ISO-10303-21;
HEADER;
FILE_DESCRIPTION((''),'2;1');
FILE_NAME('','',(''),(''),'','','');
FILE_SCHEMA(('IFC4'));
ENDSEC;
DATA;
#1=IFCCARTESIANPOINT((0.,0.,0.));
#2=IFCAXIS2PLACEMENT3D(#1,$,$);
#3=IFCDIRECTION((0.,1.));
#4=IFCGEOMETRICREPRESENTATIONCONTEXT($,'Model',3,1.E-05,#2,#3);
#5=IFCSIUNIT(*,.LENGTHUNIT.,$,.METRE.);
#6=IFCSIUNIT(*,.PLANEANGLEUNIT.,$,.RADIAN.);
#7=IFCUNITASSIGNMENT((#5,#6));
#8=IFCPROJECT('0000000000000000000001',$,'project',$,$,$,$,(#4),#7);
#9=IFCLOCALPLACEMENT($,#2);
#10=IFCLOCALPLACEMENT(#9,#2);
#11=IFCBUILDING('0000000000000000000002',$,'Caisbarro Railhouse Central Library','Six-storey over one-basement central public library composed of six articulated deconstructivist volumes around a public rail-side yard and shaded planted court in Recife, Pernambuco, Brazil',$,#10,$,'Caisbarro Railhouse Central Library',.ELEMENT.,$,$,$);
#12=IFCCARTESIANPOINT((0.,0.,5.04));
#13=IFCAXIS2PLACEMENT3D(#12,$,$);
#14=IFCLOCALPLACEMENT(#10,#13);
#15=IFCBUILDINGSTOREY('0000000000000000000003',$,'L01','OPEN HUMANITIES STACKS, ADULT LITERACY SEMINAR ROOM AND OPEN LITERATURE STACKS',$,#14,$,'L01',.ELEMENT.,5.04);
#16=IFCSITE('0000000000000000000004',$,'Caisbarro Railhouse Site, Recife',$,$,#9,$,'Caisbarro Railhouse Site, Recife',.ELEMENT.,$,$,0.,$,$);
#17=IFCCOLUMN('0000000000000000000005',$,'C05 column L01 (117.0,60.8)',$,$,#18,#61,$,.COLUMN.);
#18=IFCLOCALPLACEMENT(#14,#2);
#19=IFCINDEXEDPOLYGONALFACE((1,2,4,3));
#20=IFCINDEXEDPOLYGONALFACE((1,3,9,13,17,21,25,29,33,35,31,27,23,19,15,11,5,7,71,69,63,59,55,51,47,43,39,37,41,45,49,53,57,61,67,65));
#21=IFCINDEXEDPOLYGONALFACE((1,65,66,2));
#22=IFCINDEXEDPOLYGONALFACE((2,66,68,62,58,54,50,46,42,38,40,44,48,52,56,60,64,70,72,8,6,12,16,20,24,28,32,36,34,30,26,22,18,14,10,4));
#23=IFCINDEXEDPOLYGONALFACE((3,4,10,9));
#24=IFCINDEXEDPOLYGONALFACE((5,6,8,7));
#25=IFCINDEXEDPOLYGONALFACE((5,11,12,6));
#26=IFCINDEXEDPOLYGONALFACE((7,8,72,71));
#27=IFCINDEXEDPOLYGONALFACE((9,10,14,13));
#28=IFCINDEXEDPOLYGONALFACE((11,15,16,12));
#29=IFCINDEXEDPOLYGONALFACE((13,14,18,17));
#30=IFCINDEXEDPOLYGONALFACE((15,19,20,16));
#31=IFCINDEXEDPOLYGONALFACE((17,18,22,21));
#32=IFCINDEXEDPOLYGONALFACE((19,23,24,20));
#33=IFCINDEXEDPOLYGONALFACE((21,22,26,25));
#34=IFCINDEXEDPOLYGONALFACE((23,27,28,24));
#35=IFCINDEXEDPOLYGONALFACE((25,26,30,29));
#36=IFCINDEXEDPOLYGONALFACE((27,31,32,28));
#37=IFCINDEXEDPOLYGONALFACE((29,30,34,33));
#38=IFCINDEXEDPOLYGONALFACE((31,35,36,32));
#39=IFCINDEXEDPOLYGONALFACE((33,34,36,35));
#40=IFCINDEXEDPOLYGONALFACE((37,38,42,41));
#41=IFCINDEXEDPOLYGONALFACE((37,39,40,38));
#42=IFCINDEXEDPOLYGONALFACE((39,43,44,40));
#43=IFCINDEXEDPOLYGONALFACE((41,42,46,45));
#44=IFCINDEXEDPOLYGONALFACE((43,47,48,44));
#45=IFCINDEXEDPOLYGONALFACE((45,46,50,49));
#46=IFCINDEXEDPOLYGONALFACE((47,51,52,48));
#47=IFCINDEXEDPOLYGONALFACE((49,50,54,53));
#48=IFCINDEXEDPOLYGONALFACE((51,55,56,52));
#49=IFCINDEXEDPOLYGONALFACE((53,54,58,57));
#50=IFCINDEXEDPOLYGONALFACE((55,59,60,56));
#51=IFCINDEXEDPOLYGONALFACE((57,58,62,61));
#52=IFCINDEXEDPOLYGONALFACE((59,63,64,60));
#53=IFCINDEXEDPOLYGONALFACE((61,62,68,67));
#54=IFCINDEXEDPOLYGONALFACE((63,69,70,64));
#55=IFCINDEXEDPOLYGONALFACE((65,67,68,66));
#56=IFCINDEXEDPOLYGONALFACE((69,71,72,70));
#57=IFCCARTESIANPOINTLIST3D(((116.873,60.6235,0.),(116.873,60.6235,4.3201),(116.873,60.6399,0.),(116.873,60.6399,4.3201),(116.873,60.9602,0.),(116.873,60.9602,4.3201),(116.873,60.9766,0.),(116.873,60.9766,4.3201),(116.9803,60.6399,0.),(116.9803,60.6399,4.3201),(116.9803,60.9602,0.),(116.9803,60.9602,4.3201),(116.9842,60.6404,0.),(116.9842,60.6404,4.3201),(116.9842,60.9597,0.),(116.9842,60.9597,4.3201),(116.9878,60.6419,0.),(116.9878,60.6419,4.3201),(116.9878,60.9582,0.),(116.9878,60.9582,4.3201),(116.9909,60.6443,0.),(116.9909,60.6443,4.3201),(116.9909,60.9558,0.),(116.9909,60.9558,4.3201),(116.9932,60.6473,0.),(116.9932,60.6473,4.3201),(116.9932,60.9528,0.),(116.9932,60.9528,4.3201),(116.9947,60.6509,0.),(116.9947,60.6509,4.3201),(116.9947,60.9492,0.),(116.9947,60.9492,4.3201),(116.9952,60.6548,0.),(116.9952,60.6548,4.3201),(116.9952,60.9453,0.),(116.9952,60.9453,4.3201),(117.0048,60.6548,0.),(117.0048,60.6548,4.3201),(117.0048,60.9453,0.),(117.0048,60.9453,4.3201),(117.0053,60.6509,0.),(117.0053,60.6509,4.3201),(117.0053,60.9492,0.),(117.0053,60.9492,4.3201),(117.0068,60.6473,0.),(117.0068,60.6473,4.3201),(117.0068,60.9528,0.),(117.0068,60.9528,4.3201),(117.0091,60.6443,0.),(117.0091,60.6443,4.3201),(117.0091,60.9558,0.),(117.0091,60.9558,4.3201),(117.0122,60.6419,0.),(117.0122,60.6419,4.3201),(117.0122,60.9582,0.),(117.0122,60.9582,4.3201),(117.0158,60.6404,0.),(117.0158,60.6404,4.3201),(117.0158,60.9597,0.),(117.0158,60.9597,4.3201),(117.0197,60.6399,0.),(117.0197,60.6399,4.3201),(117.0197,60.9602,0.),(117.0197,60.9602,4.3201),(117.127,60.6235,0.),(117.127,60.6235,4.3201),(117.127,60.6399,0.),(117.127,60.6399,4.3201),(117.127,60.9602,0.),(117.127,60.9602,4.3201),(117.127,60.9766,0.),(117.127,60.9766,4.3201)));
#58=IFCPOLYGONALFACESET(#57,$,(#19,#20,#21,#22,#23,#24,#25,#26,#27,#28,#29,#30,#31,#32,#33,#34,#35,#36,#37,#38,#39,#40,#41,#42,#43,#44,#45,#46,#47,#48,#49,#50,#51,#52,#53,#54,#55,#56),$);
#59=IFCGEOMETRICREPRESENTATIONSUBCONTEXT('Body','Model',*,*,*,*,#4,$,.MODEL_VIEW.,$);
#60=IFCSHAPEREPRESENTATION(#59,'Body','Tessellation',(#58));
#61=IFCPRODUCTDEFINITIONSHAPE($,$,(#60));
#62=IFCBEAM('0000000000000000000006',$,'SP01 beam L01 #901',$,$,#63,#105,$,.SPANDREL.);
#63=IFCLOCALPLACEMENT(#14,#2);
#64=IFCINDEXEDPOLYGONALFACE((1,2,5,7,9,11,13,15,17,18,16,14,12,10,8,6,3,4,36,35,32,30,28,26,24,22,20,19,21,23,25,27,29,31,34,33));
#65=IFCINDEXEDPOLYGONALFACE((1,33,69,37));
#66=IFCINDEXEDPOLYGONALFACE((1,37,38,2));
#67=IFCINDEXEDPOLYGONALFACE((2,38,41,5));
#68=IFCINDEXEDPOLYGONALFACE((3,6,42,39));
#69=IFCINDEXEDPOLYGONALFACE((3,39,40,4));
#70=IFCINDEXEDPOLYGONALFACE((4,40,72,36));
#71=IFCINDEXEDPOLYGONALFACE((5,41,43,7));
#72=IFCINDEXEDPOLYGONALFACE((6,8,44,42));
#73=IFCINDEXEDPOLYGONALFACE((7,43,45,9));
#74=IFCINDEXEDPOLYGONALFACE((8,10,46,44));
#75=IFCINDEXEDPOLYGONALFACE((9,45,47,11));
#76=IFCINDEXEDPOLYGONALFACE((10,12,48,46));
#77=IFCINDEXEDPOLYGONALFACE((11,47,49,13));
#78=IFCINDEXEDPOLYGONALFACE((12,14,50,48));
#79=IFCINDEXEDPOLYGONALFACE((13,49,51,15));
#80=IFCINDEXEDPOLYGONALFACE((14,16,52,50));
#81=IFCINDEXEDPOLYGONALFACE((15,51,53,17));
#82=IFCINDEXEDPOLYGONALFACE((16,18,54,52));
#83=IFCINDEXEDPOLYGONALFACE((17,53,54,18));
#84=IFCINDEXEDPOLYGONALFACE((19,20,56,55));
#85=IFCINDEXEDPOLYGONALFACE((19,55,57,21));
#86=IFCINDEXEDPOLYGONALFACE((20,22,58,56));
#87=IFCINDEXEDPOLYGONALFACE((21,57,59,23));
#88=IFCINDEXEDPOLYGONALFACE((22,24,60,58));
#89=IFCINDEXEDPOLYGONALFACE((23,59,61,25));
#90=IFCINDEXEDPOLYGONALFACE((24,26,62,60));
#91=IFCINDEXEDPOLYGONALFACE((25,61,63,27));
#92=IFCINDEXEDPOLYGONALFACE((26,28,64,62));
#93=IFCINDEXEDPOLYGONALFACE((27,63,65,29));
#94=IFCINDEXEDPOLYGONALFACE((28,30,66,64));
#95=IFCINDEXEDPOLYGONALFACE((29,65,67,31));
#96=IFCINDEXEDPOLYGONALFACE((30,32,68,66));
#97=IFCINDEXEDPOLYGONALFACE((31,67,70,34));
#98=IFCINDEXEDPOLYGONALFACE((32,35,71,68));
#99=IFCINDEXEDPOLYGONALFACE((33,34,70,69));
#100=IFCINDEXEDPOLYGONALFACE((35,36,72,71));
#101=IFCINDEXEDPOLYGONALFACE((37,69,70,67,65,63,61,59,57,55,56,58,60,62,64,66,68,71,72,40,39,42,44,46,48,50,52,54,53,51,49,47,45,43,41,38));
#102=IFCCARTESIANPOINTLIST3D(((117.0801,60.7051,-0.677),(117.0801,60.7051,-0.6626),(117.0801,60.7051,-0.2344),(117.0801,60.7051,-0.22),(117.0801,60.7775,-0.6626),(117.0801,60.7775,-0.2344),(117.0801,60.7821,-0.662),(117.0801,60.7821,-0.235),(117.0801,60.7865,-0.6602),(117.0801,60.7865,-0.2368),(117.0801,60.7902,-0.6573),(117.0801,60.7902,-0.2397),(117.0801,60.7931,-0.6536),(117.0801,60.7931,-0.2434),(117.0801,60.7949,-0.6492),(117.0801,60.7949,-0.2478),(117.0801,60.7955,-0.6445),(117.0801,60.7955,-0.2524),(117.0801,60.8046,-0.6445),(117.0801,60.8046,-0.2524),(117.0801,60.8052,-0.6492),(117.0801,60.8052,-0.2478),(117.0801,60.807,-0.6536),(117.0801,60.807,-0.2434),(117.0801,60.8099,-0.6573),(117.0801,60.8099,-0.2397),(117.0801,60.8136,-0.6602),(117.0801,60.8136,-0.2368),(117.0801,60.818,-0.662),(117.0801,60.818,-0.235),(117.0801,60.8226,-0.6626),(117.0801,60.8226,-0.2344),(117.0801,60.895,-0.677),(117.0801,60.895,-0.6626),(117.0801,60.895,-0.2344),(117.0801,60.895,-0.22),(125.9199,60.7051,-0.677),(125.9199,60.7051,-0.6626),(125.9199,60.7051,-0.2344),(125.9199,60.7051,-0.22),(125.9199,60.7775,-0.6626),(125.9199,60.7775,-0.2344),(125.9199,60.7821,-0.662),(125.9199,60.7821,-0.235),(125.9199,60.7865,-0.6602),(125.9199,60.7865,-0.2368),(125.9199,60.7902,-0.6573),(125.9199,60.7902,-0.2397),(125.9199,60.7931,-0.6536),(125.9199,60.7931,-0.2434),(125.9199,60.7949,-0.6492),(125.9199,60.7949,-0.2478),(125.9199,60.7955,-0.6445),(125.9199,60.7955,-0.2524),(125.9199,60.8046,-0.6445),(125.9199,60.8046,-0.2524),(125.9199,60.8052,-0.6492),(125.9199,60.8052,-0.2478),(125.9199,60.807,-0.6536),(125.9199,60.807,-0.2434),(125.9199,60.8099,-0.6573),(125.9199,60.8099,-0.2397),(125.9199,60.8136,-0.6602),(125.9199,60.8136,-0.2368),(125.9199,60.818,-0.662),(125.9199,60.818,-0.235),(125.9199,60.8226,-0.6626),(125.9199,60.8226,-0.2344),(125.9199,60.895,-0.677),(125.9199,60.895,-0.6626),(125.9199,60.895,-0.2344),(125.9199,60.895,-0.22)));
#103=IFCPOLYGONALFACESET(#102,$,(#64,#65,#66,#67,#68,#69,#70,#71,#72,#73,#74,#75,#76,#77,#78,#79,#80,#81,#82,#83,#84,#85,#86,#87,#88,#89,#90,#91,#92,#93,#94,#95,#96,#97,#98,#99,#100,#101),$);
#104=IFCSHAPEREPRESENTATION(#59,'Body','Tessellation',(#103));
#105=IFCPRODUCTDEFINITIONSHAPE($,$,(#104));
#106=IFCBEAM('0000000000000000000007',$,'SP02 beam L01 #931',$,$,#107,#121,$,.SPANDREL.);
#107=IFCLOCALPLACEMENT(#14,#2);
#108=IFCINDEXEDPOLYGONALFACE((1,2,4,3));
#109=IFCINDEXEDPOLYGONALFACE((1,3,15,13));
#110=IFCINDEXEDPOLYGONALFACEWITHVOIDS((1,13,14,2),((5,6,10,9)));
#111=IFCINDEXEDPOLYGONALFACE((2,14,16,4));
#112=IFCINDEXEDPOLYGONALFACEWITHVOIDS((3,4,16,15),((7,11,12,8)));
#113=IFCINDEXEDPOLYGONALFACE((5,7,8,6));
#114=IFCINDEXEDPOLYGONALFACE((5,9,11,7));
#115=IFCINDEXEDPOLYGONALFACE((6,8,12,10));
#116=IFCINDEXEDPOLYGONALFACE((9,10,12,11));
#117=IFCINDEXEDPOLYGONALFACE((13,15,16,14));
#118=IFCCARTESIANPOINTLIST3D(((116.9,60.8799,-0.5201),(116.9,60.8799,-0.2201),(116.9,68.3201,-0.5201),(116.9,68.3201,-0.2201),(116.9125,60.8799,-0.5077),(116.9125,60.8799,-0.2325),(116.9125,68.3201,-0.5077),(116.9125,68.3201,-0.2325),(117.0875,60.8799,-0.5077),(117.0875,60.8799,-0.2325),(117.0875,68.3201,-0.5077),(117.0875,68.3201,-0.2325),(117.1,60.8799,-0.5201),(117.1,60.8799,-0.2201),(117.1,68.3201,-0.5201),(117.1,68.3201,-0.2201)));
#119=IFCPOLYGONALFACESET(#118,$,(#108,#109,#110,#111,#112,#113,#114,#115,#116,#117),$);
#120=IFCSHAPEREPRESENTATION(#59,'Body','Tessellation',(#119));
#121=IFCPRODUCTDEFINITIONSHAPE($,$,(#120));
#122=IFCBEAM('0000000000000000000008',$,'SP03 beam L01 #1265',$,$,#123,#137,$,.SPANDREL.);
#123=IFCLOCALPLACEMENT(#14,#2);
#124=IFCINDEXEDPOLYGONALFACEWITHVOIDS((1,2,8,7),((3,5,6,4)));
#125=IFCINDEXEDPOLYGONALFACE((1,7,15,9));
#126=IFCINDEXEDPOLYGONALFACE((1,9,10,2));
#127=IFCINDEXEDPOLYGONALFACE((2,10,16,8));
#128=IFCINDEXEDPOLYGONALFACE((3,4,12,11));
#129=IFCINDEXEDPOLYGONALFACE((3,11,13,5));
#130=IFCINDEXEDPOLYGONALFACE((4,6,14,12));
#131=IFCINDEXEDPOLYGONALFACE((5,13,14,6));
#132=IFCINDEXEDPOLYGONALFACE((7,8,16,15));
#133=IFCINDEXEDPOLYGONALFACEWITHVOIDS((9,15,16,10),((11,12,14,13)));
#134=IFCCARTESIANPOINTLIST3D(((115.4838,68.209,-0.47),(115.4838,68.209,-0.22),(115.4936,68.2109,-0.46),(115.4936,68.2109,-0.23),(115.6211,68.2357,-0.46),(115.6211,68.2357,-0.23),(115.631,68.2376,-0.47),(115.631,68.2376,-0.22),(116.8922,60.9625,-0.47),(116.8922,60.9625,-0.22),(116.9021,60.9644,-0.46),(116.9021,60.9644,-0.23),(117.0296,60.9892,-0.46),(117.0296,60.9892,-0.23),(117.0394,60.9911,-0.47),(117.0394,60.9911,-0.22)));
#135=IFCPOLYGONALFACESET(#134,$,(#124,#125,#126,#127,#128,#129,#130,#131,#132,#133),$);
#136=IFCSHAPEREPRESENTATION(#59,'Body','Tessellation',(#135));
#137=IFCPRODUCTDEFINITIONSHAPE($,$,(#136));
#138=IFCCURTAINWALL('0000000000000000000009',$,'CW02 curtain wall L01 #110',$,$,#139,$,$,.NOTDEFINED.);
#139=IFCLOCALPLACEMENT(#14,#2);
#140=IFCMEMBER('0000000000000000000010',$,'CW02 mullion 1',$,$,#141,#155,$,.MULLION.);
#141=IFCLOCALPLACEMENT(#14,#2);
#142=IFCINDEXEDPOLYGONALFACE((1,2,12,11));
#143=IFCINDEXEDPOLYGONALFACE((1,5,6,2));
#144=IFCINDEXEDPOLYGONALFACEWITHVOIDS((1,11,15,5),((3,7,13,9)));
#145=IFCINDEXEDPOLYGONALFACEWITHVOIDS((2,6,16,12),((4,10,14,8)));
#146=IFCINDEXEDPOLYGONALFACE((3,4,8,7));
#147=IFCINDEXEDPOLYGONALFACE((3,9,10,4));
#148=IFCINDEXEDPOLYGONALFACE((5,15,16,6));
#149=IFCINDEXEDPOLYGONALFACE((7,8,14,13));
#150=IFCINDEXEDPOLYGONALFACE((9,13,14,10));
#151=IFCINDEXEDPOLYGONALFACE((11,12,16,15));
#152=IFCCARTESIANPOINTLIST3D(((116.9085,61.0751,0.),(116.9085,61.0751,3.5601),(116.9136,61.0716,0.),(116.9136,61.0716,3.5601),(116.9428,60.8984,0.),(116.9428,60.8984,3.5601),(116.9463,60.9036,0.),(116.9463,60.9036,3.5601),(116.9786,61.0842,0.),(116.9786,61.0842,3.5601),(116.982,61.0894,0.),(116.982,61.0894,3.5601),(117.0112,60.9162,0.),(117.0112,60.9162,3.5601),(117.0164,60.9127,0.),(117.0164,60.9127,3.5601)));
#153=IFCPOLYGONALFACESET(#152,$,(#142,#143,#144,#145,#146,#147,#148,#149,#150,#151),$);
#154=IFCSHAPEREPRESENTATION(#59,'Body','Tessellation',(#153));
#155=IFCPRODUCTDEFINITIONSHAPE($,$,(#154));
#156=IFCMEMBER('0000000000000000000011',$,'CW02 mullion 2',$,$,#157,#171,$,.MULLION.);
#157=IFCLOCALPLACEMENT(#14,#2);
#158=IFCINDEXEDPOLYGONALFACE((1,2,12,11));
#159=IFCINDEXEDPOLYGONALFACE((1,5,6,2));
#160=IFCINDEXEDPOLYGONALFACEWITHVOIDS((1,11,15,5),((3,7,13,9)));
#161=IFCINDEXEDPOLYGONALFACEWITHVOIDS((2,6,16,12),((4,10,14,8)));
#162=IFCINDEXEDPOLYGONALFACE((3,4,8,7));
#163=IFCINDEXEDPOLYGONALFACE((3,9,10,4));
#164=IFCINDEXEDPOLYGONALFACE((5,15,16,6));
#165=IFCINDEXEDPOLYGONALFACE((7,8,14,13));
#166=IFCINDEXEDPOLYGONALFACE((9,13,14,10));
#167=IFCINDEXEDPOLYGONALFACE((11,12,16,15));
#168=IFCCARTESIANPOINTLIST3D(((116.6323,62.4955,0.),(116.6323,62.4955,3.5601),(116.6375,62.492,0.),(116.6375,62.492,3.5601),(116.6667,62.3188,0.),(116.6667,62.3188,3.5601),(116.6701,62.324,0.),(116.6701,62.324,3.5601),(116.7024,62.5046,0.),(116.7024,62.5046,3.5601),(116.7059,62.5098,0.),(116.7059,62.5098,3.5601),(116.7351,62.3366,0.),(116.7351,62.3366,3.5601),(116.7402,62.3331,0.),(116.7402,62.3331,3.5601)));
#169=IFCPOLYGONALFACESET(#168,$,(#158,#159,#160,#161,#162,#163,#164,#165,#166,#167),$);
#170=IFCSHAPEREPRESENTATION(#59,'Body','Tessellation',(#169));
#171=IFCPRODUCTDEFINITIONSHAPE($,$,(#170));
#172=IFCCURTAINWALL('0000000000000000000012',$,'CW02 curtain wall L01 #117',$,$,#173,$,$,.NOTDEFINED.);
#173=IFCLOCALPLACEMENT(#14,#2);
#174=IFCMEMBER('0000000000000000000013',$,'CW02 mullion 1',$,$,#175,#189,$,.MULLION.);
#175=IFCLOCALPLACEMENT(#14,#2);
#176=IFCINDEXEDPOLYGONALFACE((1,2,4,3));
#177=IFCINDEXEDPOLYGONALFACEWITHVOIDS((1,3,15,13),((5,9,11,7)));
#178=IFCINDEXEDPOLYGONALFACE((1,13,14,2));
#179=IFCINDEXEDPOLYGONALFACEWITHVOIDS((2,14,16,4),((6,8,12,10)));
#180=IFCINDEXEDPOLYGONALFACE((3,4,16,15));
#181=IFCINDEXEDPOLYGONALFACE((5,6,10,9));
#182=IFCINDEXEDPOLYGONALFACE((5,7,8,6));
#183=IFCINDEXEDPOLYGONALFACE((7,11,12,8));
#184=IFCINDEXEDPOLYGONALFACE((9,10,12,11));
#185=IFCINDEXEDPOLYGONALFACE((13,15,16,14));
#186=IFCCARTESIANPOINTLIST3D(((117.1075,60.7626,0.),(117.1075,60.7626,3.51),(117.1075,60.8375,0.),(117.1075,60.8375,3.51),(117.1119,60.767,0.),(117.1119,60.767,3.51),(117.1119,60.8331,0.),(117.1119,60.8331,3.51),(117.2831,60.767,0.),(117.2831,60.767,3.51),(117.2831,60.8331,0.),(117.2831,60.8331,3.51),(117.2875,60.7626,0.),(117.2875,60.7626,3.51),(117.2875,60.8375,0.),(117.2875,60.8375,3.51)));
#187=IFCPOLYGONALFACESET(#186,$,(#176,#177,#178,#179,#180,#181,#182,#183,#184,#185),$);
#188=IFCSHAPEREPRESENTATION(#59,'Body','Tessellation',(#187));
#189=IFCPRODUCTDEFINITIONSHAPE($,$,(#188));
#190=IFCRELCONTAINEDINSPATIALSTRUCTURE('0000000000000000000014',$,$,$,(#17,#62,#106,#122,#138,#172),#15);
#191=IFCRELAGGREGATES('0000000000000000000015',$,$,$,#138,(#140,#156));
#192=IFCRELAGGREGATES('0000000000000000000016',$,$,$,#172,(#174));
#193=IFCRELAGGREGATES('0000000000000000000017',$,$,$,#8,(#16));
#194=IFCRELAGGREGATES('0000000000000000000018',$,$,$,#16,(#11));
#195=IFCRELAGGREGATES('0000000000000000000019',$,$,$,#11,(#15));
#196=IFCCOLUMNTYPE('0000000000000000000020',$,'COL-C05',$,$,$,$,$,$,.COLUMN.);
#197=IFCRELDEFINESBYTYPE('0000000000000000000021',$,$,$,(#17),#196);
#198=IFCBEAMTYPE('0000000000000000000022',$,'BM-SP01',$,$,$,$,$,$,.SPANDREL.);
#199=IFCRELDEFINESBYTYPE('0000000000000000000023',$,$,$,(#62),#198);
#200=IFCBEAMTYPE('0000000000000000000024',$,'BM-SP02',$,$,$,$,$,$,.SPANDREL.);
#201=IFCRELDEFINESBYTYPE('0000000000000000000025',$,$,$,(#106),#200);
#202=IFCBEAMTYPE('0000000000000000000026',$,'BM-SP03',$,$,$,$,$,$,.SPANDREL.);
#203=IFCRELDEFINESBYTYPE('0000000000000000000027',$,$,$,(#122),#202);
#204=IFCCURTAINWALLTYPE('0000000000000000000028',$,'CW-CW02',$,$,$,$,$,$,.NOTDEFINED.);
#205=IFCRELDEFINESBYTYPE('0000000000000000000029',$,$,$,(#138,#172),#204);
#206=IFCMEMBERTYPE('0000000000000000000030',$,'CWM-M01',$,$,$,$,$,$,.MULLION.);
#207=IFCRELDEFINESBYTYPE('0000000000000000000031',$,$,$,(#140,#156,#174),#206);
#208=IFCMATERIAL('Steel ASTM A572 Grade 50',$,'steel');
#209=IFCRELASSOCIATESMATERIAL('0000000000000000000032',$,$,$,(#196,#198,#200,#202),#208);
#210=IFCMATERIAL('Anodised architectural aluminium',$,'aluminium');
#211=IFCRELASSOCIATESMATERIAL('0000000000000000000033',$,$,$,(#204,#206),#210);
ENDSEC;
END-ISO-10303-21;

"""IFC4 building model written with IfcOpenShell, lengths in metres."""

from ifc_helpers import new_model, si_unit, direction, frame, origin, origin_2d, place, context, subcontext, project, spatial, hollow_rectangle, i_section, extrude, material, material_profile, profile_set, type_object, element, aggregate, save


model = new_model("IFC4")

# Units and contexts
model_context = context("Model", 3, precision=1e-05, world=origin(), true_north=direction((0.0, 1.0)))
body_context = subcontext(model_context, "Body", "Model", "MODEL_VIEW")
ifc_project = project(units=[si_unit("LENGTHUNIT", "METRE"), si_unit("PLANEANGLEUNIT", "RADIAN")], contexts=[model_context])

# Site, building, storey
site_placement = place(None, origin())
site = spatial("IfcSite", under=ifc_project, at=site_placement, Name="Caisbarro Railhouse Site, Recife", LongName="Caisbarro Railhouse Site, Recife", CompositionType="ELEMENT", RefElevation=0.0)
building_placement = place(site_placement, origin())
building = spatial("IfcBuilding", under=site, at=building_placement, Name="Caisbarro Railhouse Central Library", Description="Six-storey over one-basement central public library composed of six articulated deconstructivist volumes around a public rail-side yard and shaded planted court in Recife, Pernambuco, Brazil", LongName="Caisbarro Railhouse Central Library", CompositionType="ELEMENT")
storey_placement = place(building_placement, frame((0.0, 0.0, 5.04)))
storey = spatial("IfcBuildingStorey", under=building, at=storey_placement, Name="L01", Description="OPEN HUMANITIES STACKS, ADULT LITERACY SEMINAR ROOM AND OPEN LITERATURE STACKS", LongName="L01", CompositionType="ELEMENT", Elevation=5.04)

# Column
ifc_material_1 = material(Name="Steel ASTM A572 Grade 50", Category="steel")
ifc_material_profile_1 = material_profile(ifc_material_1, i_section(OverallWidth=0.2539, OverallDepth=0.353, WebThickness=0.0095, FlangeThickness=0.0164, FilletRadius=0.0149, at=origin_2d()), Name="W360X91.0")
ifc_profile_set_1 = profile_set([ifc_material_profile_1], Name="Steel ASTM A572 Grade 50")
column_type = type_object("IfcColumnType", Name="COL-C05", PredefinedType="COLUMN", material=ifc_profile_set_1)
column_placement = place(storey_placement, frame((117.0, 60.8, 0.0), z_axis=(0.0, 0.0, 1.0), x_axis=(1.0, 0.0, 0.0)))
element("IfcColumn", 1, at=column_placement, inside=storey, type_object=column_type, Name="C05 column L01 (117.0,60.8)", PredefinedType="COLUMN", context=body_context, shape_type="SweptSolid", body=[
    extrude(i_section(OverallWidth=0.2539, OverallDepth=0.353, WebThickness=0.0095, FlangeThickness=0.0164, FilletRadius=0.0149, at=origin_2d()), origin(), (0.0, 0.0, 1.0), 4.3201),
])

# Beams
ifc_material_profile_2 = material_profile(ifc_material_1, i_section(OverallWidth=0.1899, OverallDepth=0.457, WebThickness=0.009, FlangeThickness=0.0144, FilletRadius=0.0181, at=origin_2d()), Name="W460X74.0")
ifc_profile_set_2 = profile_set([ifc_material_profile_2], Name="Steel ASTM A572 Grade 50")
beam_type_1 = type_object("IfcBeamType", Name="BM-SP01", PredefinedType="SPANDREL", material=ifc_profile_set_2)
beam_1_placement = place(storey_placement, frame((117.0801, 60.8, -0.4485), z_axis=(1.0, 0.0, 0.0), x_axis=(0.0, 1.0, 0.0)))
element("IfcBeam", 2, at=beam_1_placement, inside=storey, type_object=beam_type_1, Name="SP01 beam L01 #901", PredefinedType="SPANDREL", context=body_context, shape_type="SweptSolid", body=[
    extrude(i_section(OverallWidth=0.1899, OverallDepth=0.457, WebThickness=0.009, FlangeThickness=0.0144, FilletRadius=0.0181, at=origin_2d()), origin(), (0.0, 0.0, 1.0), 8.8398),
])
ifc_material_profile_3 = material_profile(ifc_material_1, hollow_rectangle(XDim=0.2, YDim=0.3, WallThickness=0.0125, at=origin_2d()), Name="HSS300X200X12.5")
ifc_profile_set_3 = profile_set([ifc_material_profile_3], Name="Steel ASTM A572 Grade 50")
beam_type_2 = type_object("IfcBeamType", Name="BM-SP02", PredefinedType="SPANDREL", material=ifc_profile_set_3)
beam_2_placement = place(storey_placement, frame((117.0, 60.8799, -0.3701), z_axis=(0.0, 1.0, 0.0), x_axis=(-1.0, 0.0, 0.0)))
element("IfcBeam", 3, at=beam_2_placement, inside=storey, type_object=beam_type_2, Name="SP02 beam L01 #931", PredefinedType="SPANDREL", context=body_context, shape_type="SweptSolid", body=[
    extrude(hollow_rectangle(XDim=0.2, YDim=0.3, WallThickness=0.0125, at=origin_2d()), origin(), (0.0, 0.0, 1.0), 7.4402),
])
ifc_material_profile_4 = material_profile(ifc_material_1, hollow_rectangle(XDim=0.1499, YDim=0.25, WallThickness=0.01, at=origin_2d()), Name="HSS250X150X10")
ifc_profile_set_4 = profile_set([ifc_material_profile_4], Name="Steel ASTM A572 Grade 50")
beam_type_3 = type_object("IfcBeamType", Name="BM-SP03", PredefinedType="SPANDREL", material=ifc_profile_set_4)
beam_3_placement = place(storey_placement, frame((116.9658, 60.9768, -0.345), z_axis=(-0.19079, 0.981631, 0.0), x_axis=(-0.981631, -0.19079, 0.0)))
element("IfcBeam", 4, at=beam_3_placement, inside=storey, type_object=beam_type_3, Name="SP03 beam L01 #1265", PredefinedType="SPANDREL", context=body_context, shape_type="SweptSolid", body=[
    extrude(hollow_rectangle(XDim=0.1499, YDim=0.25, WallThickness=0.01, at=origin_2d()), origin(), (0.0, 0.0, 1.0), 7.3821),
])

# Curtain walls, members
ifc_material_2 = material(Name="Anodised architectural aluminium", Category="aluminium")
curtain_wall_type = type_object("IfcCurtainWallType", Name="CW-CW02", PredefinedType="NOTDEFINED", material=ifc_material_2)
curtain_wall_1_placement = place(storey_placement, origin())
curtain_wall_1 = element("IfcCurtainWall", 5, at=curtain_wall_1_placement, inside=storey, type_object=curtain_wall_type, Name="CW02 curtain wall L01 #110", PredefinedType="NOTDEFINED")
ifc_material_profile_5 = material_profile(ifc_material_2, hollow_rectangle(XDim=0.075, YDim=0.1799, WallThickness=0.0044, at=origin_2d()), Name="ALU-MUL-75X180")
ifc_profile_set_5 = profile_set([ifc_material_profile_5], Name="Anodised architectural aluminium")
member_type_1 = type_object("IfcMemberType", Name="CWM-M01", PredefinedType="MULLION", material=ifc_profile_set_5)
member_1_placement = place(storey_placement, frame((116.9624, 60.9939, 0.0), z_axis=(0.0, 0.0, 1.0), x_axis=(-0.981633, -0.190781, 0.0)))
member_1 = element("IfcMember", 6, at=member_1_placement, type_object=member_type_1, Name="CW02 mullion 1", PredefinedType="MULLION", context=body_context, shape_type="SweptSolid", body=[
    extrude(hollow_rectangle(XDim=0.075, YDim=0.1799, WallThickness=0.0044, at=origin_2d()), origin(), (0.0, 0.0, 1.0), 3.5601),
])
member_2_placement = place(storey_placement, frame((116.6863, 62.4143, 0.0), z_axis=(0.0, 0.0, 1.0), x_axis=(-0.981633, -0.190781, 0.0)))
member_2 = element("IfcMember", 7, at=member_2_placement, type_object=member_type_1, Name="CW02 mullion 2", PredefinedType="MULLION", context=body_context, shape_type="SweptSolid", body=[
    extrude(hollow_rectangle(XDim=0.075, YDim=0.1799, WallThickness=0.0044, at=origin_2d()), origin(), (0.0, 0.0, 1.0), 3.5601),
])
curtain_wall_2_placement = place(storey_placement, origin())
curtain_wall_2 = element("IfcCurtainWall", 8, at=curtain_wall_2_placement, inside=storey, type_object=curtain_wall_type, Name="CW02 curtain wall L01 #117", PredefinedType="NOTDEFINED")
member_3_placement = place(storey_placement, frame((117.1975, 60.8, 0.0), z_axis=(0.0, 0.0, 1.0), x_axis=(0.0, 1.0, 0.0)))
member_3 = element("IfcMember", 9, at=member_3_placement, type_object=member_type_1, Name="CW02 mullion 1", PredefinedType="MULLION", context=body_context, shape_type="SweptSolid", body=[
    extrude(hollow_rectangle(XDim=0.075, YDim=0.1799, WallThickness=0.0044, at=origin_2d()), origin(), (0.0, 0.0, 1.0), 3.51),
])

aggregate(curtain_wall_1, [member_1, member_2])
aggregate(curtain_wall_2, [member_3])

save(model, "model.ifc")
